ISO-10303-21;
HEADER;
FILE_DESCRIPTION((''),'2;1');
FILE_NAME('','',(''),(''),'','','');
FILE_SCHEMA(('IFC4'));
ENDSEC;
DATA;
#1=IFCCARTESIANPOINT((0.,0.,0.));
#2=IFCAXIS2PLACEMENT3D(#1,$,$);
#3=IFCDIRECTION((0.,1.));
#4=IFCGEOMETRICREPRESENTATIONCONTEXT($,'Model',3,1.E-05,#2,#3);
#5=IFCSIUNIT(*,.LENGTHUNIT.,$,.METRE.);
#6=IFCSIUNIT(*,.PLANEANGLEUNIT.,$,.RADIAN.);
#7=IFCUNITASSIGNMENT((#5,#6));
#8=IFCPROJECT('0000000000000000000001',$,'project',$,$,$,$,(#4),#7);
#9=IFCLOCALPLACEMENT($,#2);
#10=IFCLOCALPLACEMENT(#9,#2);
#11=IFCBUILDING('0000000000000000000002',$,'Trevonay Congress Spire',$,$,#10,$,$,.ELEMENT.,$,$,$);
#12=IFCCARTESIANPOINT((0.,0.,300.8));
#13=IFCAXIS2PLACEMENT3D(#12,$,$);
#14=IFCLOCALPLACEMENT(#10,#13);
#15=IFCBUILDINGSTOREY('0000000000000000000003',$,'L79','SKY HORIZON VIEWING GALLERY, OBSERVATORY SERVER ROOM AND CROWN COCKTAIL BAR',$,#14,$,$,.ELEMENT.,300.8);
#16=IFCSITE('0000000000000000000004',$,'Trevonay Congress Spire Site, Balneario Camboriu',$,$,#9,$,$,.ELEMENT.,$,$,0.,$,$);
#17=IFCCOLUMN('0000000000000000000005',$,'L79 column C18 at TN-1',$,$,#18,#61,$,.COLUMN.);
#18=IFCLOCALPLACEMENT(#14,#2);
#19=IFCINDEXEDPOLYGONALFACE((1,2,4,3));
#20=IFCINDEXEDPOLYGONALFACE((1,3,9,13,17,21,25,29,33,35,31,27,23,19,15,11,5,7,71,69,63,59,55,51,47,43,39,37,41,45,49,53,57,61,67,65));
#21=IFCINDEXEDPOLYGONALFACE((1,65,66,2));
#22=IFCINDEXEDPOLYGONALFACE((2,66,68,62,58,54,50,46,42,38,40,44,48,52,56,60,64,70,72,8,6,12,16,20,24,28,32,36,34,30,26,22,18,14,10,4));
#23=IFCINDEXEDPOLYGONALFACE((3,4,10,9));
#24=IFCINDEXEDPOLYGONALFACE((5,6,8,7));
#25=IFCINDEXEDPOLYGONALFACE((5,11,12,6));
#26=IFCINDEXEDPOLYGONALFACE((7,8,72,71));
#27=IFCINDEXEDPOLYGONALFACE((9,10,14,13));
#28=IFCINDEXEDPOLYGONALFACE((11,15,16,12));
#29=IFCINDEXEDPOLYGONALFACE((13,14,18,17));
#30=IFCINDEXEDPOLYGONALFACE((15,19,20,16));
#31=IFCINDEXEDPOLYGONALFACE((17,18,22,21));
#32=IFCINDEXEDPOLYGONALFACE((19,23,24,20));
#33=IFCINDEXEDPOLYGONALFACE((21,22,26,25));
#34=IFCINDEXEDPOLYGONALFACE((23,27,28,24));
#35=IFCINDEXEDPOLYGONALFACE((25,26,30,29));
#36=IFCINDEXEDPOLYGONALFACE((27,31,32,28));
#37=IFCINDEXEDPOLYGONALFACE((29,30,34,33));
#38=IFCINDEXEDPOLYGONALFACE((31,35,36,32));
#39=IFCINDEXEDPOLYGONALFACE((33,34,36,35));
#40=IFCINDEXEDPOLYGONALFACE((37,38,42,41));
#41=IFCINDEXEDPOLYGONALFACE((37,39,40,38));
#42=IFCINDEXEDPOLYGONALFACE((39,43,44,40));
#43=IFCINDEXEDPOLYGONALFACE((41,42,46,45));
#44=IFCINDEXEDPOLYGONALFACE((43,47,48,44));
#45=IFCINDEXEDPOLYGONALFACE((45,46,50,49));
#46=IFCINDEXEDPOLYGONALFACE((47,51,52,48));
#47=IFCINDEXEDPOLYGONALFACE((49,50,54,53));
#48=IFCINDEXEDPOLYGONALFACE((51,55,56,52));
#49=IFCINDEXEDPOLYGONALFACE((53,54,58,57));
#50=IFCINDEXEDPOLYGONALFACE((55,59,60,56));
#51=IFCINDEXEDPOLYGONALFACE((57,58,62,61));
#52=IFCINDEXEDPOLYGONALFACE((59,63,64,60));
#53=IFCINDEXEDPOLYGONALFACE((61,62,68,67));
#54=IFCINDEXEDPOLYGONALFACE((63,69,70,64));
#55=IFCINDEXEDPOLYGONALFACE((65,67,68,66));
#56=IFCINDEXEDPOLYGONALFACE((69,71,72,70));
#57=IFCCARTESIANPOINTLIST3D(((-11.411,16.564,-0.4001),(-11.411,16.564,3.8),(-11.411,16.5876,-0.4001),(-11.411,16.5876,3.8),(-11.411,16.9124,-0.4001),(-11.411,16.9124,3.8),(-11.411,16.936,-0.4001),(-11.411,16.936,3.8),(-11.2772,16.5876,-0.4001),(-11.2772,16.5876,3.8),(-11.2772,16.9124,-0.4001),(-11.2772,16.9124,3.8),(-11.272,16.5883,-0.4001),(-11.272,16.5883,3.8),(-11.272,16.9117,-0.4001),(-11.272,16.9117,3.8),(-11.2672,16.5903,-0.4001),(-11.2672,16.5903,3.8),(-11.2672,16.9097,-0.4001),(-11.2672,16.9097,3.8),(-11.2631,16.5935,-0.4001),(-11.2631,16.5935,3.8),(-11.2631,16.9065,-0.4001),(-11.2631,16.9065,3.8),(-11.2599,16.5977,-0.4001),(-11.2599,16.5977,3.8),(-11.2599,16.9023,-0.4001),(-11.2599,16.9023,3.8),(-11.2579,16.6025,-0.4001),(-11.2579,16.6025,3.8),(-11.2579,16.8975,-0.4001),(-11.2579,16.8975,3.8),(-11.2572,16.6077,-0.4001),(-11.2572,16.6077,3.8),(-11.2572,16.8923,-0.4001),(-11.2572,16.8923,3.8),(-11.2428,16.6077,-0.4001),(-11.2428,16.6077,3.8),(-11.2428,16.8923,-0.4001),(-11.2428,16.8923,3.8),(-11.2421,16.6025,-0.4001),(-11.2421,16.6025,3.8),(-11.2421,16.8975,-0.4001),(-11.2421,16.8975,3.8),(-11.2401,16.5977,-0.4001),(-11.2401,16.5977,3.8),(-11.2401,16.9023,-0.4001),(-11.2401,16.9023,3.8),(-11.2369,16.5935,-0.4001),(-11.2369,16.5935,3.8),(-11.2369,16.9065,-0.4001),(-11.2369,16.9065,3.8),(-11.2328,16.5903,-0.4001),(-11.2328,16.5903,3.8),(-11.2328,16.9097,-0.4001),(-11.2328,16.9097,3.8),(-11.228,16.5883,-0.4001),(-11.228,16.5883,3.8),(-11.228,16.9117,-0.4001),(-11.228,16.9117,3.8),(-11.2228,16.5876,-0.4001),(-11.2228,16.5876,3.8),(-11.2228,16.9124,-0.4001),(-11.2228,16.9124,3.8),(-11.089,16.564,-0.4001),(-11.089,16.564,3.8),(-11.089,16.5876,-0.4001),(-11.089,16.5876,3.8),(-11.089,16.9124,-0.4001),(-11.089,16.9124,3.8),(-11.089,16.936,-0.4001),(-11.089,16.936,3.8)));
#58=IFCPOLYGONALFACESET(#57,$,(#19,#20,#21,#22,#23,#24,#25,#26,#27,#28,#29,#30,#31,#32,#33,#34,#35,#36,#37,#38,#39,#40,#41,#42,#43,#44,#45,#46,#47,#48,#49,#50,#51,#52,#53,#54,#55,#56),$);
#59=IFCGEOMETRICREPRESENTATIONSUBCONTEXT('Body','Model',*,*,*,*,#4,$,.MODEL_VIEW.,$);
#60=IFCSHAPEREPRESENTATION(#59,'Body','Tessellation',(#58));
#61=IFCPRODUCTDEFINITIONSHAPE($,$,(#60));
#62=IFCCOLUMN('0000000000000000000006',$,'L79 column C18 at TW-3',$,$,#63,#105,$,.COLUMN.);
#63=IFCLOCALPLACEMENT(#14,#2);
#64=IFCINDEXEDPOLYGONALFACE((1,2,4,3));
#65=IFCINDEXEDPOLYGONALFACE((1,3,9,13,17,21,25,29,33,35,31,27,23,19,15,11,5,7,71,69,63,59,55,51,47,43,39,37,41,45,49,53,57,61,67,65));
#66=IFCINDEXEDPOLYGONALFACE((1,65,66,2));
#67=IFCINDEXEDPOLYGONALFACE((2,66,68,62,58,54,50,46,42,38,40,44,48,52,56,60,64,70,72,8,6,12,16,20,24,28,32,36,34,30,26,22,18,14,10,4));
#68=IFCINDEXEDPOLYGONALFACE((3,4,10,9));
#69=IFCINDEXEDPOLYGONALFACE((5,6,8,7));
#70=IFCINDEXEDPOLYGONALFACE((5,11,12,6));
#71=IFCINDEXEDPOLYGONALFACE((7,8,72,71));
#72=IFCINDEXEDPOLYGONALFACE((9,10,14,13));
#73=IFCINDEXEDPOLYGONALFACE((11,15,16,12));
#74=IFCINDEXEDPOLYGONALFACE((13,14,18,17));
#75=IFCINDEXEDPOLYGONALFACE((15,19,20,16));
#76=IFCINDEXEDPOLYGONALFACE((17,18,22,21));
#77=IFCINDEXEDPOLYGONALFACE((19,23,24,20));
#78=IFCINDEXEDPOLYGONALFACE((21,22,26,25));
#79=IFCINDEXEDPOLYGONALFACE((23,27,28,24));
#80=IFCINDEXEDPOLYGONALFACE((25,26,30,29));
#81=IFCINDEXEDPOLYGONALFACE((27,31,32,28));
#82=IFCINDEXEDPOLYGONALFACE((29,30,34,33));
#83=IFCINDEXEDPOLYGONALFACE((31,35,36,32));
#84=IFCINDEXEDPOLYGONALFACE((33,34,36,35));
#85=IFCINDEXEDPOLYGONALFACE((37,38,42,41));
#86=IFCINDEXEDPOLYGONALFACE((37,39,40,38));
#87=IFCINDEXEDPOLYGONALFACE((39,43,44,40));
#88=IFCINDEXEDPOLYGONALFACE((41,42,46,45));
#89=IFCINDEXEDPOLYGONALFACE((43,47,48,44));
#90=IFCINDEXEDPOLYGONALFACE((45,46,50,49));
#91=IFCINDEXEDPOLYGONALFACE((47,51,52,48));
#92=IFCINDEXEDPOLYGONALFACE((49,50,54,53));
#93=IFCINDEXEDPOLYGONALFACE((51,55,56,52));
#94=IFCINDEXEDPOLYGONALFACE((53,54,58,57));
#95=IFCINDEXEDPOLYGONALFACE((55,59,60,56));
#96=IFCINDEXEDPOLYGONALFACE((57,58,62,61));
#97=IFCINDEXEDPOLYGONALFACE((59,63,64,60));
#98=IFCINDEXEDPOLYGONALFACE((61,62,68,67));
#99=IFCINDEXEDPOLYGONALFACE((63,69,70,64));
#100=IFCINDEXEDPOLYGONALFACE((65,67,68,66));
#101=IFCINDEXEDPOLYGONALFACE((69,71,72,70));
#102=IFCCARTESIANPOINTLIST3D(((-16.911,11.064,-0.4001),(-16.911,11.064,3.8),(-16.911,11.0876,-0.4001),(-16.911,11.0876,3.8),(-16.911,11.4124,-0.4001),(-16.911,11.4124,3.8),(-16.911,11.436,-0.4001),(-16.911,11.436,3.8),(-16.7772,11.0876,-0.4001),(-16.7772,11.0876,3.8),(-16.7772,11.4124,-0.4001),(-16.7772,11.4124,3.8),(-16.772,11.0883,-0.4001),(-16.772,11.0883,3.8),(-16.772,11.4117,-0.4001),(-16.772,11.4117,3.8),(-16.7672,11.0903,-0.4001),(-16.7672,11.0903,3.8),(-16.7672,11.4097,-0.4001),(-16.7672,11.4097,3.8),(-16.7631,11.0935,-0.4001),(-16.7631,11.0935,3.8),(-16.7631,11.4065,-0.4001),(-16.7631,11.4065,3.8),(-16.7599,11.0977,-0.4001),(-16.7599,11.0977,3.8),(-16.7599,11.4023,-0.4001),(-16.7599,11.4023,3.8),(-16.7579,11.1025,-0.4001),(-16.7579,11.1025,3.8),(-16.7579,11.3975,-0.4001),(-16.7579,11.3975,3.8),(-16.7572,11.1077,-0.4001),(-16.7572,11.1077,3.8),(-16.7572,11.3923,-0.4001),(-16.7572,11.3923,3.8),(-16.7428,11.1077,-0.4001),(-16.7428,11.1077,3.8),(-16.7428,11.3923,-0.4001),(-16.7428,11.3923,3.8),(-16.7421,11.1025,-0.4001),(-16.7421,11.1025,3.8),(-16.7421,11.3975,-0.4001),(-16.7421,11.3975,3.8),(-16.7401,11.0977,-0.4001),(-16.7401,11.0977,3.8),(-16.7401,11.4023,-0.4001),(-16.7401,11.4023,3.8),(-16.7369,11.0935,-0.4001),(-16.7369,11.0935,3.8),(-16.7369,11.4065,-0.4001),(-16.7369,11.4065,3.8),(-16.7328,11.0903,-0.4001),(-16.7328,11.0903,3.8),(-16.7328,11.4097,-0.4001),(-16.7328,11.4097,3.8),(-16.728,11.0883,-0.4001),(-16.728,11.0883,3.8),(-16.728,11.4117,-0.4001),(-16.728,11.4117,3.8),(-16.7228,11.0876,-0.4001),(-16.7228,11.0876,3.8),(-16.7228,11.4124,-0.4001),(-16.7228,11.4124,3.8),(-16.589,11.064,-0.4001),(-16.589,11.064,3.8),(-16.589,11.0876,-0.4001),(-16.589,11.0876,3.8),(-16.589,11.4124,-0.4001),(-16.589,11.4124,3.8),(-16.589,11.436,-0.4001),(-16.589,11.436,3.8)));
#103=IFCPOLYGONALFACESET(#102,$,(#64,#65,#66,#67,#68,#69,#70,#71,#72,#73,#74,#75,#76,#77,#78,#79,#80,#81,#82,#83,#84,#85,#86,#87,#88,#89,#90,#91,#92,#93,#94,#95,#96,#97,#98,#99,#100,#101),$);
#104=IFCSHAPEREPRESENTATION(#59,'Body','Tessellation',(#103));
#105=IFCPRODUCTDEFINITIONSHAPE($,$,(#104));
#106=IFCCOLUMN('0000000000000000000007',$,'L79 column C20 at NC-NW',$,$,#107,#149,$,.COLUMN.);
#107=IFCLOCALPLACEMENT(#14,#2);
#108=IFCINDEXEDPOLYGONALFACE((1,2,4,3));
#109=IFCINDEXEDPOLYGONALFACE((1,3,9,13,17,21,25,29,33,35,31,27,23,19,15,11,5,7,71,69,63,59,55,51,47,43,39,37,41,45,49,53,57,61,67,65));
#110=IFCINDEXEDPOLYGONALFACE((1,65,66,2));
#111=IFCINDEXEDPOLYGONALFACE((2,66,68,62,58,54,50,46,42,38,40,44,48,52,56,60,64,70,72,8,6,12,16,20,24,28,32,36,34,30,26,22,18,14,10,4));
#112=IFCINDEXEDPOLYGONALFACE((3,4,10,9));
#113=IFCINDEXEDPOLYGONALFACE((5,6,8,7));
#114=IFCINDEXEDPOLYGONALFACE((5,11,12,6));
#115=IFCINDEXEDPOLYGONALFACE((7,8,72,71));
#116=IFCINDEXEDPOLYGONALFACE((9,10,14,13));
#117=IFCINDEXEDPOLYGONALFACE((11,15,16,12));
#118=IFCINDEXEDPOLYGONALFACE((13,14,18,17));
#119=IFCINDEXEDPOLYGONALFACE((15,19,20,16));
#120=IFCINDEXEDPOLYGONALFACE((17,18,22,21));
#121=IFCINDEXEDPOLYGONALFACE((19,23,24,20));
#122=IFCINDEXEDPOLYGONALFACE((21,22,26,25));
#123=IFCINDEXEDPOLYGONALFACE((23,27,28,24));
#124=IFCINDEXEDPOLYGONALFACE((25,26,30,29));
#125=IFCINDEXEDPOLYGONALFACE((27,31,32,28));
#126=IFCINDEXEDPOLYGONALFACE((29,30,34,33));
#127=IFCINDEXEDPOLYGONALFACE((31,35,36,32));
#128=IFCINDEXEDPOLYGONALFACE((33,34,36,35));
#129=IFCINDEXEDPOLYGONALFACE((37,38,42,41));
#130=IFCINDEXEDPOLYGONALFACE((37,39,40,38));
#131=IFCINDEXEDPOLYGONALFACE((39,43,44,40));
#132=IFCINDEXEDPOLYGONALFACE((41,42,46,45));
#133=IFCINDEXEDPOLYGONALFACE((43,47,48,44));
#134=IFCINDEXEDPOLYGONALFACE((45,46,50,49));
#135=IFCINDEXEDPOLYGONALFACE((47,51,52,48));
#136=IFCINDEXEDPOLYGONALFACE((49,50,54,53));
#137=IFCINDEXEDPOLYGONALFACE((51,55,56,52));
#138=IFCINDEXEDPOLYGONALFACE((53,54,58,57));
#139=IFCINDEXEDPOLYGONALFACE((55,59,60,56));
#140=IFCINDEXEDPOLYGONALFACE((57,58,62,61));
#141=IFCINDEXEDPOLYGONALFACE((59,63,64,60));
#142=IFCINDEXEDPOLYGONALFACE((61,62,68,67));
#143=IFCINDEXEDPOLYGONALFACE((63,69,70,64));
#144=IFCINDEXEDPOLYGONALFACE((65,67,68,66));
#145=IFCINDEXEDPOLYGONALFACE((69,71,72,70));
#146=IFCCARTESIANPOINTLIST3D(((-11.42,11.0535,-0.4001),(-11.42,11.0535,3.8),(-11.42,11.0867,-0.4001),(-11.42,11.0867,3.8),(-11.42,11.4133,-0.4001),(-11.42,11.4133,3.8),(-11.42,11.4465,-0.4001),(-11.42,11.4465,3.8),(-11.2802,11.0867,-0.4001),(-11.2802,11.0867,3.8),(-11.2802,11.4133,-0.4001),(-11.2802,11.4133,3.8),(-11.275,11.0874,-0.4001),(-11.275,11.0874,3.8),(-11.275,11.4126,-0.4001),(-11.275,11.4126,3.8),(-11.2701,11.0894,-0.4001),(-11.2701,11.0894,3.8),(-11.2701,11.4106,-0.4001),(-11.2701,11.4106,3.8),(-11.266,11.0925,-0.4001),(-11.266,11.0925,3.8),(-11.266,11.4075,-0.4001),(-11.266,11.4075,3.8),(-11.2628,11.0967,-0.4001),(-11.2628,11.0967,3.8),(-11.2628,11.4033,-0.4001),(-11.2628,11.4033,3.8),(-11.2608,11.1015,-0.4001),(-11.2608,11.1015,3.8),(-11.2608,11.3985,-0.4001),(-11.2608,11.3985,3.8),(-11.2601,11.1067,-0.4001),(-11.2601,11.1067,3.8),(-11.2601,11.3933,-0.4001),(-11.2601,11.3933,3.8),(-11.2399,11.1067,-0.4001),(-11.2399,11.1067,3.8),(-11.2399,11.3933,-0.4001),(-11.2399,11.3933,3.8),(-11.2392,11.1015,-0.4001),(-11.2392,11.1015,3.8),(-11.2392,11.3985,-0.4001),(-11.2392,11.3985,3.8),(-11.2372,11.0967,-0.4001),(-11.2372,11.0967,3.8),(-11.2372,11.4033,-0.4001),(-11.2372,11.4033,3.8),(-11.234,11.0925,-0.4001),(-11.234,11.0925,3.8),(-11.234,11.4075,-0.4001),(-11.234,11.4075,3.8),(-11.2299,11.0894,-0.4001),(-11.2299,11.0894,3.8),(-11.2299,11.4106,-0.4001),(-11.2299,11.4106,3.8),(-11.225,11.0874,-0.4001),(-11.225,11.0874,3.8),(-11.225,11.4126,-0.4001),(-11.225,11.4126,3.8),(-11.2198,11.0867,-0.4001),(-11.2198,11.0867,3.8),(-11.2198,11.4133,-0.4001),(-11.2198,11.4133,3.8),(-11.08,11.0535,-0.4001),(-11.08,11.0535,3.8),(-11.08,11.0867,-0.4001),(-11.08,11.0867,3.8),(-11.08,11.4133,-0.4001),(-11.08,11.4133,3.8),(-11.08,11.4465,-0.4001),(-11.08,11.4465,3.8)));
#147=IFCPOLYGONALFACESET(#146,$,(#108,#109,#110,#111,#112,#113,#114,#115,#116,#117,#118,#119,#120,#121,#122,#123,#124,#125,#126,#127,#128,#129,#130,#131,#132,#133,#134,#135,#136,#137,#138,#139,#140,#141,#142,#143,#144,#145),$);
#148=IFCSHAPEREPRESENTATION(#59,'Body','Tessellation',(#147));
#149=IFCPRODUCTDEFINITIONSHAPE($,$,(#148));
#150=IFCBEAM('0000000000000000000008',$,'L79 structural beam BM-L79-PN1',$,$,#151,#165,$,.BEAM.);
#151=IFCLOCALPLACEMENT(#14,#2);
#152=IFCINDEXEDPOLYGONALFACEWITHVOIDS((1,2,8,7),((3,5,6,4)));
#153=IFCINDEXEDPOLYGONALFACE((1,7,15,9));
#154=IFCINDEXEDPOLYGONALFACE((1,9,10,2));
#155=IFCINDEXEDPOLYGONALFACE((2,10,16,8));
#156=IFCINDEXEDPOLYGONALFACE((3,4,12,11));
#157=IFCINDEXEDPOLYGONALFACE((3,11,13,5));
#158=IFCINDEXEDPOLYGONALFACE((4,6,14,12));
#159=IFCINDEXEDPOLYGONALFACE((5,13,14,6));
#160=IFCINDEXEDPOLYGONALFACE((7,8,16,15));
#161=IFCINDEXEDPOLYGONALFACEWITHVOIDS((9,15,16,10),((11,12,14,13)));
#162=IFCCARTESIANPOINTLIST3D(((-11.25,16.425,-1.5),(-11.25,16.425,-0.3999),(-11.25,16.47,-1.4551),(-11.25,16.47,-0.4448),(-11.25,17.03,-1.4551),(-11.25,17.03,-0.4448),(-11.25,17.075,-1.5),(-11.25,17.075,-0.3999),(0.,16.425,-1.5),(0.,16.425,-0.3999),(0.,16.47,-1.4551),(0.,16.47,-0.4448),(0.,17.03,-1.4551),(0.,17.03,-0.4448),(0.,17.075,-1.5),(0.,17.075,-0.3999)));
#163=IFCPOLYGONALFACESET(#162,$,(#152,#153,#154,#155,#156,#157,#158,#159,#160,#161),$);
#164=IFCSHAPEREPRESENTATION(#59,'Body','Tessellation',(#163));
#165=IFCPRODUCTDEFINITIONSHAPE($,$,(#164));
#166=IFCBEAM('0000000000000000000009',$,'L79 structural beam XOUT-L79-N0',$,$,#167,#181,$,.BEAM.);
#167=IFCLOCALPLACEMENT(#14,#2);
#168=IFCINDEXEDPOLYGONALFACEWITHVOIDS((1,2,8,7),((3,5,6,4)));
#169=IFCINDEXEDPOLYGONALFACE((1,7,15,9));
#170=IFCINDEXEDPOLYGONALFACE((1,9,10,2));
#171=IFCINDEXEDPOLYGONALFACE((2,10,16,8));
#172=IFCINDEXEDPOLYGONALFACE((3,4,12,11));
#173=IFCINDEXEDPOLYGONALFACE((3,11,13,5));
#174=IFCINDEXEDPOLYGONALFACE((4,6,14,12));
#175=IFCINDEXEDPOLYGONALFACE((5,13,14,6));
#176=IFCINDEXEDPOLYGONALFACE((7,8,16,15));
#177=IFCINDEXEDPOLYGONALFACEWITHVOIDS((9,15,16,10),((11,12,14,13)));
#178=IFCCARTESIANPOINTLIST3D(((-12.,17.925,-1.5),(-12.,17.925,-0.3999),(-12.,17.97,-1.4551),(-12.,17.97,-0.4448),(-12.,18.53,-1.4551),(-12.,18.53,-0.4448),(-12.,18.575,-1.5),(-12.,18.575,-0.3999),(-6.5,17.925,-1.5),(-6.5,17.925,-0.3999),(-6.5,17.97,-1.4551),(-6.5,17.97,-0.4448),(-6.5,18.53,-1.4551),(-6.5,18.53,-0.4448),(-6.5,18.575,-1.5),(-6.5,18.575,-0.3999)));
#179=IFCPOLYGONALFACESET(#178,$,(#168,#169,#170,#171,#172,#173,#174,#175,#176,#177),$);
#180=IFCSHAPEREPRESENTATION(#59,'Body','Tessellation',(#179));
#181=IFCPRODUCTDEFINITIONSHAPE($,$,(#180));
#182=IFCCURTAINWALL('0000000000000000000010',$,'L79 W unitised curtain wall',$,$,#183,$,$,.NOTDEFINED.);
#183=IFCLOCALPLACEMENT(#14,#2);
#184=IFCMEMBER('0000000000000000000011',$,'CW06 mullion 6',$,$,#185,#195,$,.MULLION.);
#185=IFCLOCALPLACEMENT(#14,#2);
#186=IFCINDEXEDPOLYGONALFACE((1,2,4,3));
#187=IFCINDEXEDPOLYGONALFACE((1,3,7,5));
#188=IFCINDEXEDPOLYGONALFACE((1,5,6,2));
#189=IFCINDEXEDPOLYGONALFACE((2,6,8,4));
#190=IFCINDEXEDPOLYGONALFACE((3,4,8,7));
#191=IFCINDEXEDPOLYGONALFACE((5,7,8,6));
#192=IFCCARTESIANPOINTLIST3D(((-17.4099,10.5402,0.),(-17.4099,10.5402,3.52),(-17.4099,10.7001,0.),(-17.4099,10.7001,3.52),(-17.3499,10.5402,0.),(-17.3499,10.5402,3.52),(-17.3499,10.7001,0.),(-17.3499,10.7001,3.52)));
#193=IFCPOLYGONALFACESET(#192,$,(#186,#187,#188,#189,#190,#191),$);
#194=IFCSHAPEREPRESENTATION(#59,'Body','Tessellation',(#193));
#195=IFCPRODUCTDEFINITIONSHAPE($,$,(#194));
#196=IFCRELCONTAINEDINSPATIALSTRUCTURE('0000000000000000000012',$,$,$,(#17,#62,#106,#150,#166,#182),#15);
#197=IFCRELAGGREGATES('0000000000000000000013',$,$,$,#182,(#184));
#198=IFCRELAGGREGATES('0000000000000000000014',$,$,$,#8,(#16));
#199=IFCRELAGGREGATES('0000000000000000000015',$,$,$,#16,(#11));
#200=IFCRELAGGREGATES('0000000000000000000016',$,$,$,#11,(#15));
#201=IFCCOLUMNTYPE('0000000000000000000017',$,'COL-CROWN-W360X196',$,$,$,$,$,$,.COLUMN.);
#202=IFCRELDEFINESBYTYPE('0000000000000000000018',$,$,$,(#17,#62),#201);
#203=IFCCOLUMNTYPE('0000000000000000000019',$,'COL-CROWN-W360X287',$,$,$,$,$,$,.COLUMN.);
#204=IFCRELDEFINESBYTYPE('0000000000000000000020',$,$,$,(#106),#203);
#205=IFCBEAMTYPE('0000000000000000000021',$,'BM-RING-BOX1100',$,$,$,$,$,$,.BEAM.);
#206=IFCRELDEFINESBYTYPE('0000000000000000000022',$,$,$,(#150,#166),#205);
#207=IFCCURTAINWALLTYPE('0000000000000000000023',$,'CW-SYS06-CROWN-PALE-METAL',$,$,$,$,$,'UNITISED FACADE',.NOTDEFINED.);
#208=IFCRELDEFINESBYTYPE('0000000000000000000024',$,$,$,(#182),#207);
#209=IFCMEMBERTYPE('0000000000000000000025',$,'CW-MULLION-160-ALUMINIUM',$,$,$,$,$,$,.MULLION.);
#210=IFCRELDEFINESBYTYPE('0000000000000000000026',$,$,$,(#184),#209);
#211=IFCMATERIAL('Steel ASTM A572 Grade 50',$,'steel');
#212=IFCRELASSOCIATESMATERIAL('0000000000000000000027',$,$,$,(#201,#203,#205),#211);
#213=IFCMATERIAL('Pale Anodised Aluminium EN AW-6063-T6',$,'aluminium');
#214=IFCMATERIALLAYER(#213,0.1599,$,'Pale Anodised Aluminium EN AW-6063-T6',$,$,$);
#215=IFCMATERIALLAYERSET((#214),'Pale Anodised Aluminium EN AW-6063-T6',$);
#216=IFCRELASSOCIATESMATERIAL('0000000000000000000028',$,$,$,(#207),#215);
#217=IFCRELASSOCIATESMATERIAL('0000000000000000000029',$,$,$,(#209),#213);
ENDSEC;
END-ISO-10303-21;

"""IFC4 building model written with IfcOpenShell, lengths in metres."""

from ifc_helpers import new_model, si_unit, direction, frame, origin, origin_2d, place, context, subcontext, project, spatial, rectangle, hollow_rectangle, i_section, extrude, material, layer, layer_set, material_profile, profile_set, type_object, element, aggregate, save


model = new_model("IFC4")

# Units and contexts
model_context = context("Model", 3, precision=1e-05, world=origin(), true_north=direction((0.0, 1.0)))
body_context = subcontext(model_context, "Body", "Model", "MODEL_VIEW")
ifc_project = project(units=[si_unit("LENGTHUNIT", "METRE"), si_unit("PLANEANGLEUNIT", "RADIAN")], contexts=[model_context])

# Site, building, storey
site_placement = place(None, origin())
site = spatial("IfcSite", under=ifc_project, at=site_placement, Name="Trevonay Congress Spire Site, Balneario Camboriu", CompositionType="ELEMENT", RefElevation=0.0)
building_placement = place(site_placement, origin())
building = spatial("IfcBuilding", under=site, at=building_placement, Name="Trevonay Congress Spire", CompositionType="ELEMENT")
storey_placement = place(building_placement, frame((0.0, 0.0, 300.8)))
storey = spatial("IfcBuildingStorey", under=building, at=storey_placement, Name="L79", Description="SKY HORIZON VIEWING GALLERY, OBSERVATORY SERVER ROOM AND CROWN COCKTAIL BAR", CompositionType="ELEMENT", Elevation=300.8)

# Columns
ifc_material_1 = material(Name="Steel ASTM A572 Grade 50", Category="steel")
ifc_material_profile_1 = material_profile(ifc_material_1, i_section(OverallWidth=0.322, OverallDepth=0.3721, WebThickness=0.0144, FlangeThickness=0.0237, FilletRadius=0.02, at=origin_2d()), Name="W360x196")
ifc_profile_set_1 = profile_set([ifc_material_profile_1], Name="Steel ASTM A572 Grade 50")
column_type_1 = type_object("IfcColumnType", Name="COL-CROWN-W360X196", PredefinedType="COLUMN", material=ifc_profile_set_1)
for number, where, z_axis, x_axis, name in (
    (1, (-11.25, 16.75, -0.4001), (0.0, 0.0, 1.0), (1.0, 0.0, 0.0), "L79 column C18 at TN-1"),
    (2, (-16.75, 11.25, -0.4001), (0.0, 0.0, 1.0), (1.0, 0.0, 0.0), "L79 column C18 at TW-3"),
):
    element("IfcColumn", number, at=place(storey_placement, frame(where, z_axis=z_axis, x_axis=x_axis)), inside=storey, type_object=column_type_1, Name=name, PredefinedType="COLUMN", context=body_context, shape_type="SweptSolid", body=[
        extrude(i_section(OverallWidth=0.322, OverallDepth=0.3721, WebThickness=0.0144, FlangeThickness=0.0237, FilletRadius=0.02, at=origin_2d()), origin(), (0.0, 0.0, 1.0), 4.2002),
    ])
ifc_material_profile_2 = material_profile(ifc_material_1, i_section(OverallWidth=0.3401, OverallDepth=0.3931, WebThickness=0.0203, FlangeThickness=0.0332, FilletRadius=0.02, at=origin_2d()), Name="W360x287")
ifc_profile_set_2 = profile_set([ifc_material_profile_2], Name="Steel ASTM A572 Grade 50")
column_type_2 = type_object("IfcColumnType", Name="COL-CROWN-W360X287", PredefinedType="COLUMN", material=ifc_profile_set_2)
column_placement = place(storey_placement, frame((-11.25, 11.25, -0.4001), z_axis=(0.0, 0.0, 1.0), x_axis=(1.0, 0.0, 0.0)))
element("IfcColumn", 3, at=column_placement, inside=storey, type_object=column_type_2, Name="L79 column C20 at NC-NW", PredefinedType="COLUMN", context=body_context, shape_type="SweptSolid", body=[
    extrude(i_section(OverallWidth=0.3401, OverallDepth=0.3931, WebThickness=0.0203, FlangeThickness=0.0332, FilletRadius=0.02, at=origin_2d()), origin(), (0.0, 0.0, 1.0), 4.2002),
])

# Beams
ifc_material_profile_3 = material_profile(ifc_material_1, hollow_rectangle(XDim=0.6499, YDim=1.1001, WallThickness=0.0449, at=origin_2d()), Name="BOX 1100x650x45")
ifc_profile_set_3 = profile_set([ifc_material_profile_3], Name="Steel ASTM A572 Grade 50")
beam_type_1 = type_object("IfcBeamType", Name="BM-RING-BOX1100", PredefinedType="BEAM", material=ifc_profile_set_3)
beam_1_placement = place(storey_placement, frame((-11.25, 16.75, -0.95), z_axis=(1.0, 0.0, 0.0), x_axis=(0.0, 1.0, 0.0)))
element("IfcBeam", 4, at=beam_1_placement, inside=storey, type_object=beam_type_1, Name="L79 structural beam BM-L79-PN1", PredefinedType="BEAM", context=body_context, shape_type="SweptSolid", body=[
    extrude(hollow_rectangle(XDim=0.6499, YDim=1.1001, WallThickness=0.0449, at=origin_2d()), origin(), (0.0, 0.0, 1.0), 11.25),
])
beam_2_placement = place(storey_placement, frame((-12.0, 18.25, -0.95), z_axis=(1.0, 0.0, 0.0), x_axis=(0.0, 1.0, 0.0)))
element("IfcBeam", 5, at=beam_2_placement, inside=storey, type_object=beam_type_1, Name="L79 structural beam XOUT-L79-N0", PredefinedType="BEAM", context=body_context, shape_type="SweptSolid", body=[
    extrude(hollow_rectangle(XDim=0.6499, YDim=1.1001, WallThickness=0.0449, at=origin_2d()), origin(), (0.0, 0.0, 1.0), 5.5),
])

# Curtain wall, member
ifc_material_2 = material(Name="Pale Anodised Aluminium EN AW-6063-T6", Category="aluminium")
ifc_layer_1 = layer(ifc_material_2, 0.1599, Name="Pale Anodised Aluminium EN AW-6063-T6")
ifc_layer_set_1 = layer_set([ifc_layer_1], Name="Pale Anodised Aluminium EN AW-6063-T6")
curtain_wall_type = type_object("IfcCurtainWallType", Name="CW-SYS06-CROWN-PALE-METAL", ElementType="UNITISED FACADE", PredefinedType="NOTDEFINED", material=ifc_layer_set_1)
curtain_wall_placement = place(storey_placement, origin())
curtain_wall = element("IfcCurtainWall", 6, at=curtain_wall_placement, inside=storey, type_object=curtain_wall_type, Name="L79 W unitised curtain wall", PredefinedType="NOTDEFINED")
ifc_material_profile_4 = material_profile(ifc_material_2, rectangle(XDim=0.0601, YDim=0.1599, at=origin_2d()), Name="CW-MULLION-160-ALUMINIUM")
ifc_profile_set_4 = profile_set([ifc_material_profile_4], Name="Pale Anodised Aluminium EN AW-6063-T6")
member_type = type_object("IfcMemberType", Name="CW-MULLION-160-ALUMINIUM", PredefinedType="MULLION", material=ifc_profile_set_4)
member_placement = place(storey_placement, frame((-17.3799, 10.6201, 0.0), z_axis=(0.0, 0.0, 1.0), x_axis=(-1.0, 0.0, 0.0)))
member = element("IfcMember", 7, at=member_placement, type_object=member_type, Name="CW06 mullion 6", PredefinedType="MULLION", context=body_context, shape_type="SweptSolid", body=[
    extrude(rectangle(XDim=0.0601, YDim=0.1599, at=origin_2d()), origin(), (0.0, 0.0, 1.0), 3.52),
])

aggregate(curtain_wall, [member])

save(model, "model.ifc")
